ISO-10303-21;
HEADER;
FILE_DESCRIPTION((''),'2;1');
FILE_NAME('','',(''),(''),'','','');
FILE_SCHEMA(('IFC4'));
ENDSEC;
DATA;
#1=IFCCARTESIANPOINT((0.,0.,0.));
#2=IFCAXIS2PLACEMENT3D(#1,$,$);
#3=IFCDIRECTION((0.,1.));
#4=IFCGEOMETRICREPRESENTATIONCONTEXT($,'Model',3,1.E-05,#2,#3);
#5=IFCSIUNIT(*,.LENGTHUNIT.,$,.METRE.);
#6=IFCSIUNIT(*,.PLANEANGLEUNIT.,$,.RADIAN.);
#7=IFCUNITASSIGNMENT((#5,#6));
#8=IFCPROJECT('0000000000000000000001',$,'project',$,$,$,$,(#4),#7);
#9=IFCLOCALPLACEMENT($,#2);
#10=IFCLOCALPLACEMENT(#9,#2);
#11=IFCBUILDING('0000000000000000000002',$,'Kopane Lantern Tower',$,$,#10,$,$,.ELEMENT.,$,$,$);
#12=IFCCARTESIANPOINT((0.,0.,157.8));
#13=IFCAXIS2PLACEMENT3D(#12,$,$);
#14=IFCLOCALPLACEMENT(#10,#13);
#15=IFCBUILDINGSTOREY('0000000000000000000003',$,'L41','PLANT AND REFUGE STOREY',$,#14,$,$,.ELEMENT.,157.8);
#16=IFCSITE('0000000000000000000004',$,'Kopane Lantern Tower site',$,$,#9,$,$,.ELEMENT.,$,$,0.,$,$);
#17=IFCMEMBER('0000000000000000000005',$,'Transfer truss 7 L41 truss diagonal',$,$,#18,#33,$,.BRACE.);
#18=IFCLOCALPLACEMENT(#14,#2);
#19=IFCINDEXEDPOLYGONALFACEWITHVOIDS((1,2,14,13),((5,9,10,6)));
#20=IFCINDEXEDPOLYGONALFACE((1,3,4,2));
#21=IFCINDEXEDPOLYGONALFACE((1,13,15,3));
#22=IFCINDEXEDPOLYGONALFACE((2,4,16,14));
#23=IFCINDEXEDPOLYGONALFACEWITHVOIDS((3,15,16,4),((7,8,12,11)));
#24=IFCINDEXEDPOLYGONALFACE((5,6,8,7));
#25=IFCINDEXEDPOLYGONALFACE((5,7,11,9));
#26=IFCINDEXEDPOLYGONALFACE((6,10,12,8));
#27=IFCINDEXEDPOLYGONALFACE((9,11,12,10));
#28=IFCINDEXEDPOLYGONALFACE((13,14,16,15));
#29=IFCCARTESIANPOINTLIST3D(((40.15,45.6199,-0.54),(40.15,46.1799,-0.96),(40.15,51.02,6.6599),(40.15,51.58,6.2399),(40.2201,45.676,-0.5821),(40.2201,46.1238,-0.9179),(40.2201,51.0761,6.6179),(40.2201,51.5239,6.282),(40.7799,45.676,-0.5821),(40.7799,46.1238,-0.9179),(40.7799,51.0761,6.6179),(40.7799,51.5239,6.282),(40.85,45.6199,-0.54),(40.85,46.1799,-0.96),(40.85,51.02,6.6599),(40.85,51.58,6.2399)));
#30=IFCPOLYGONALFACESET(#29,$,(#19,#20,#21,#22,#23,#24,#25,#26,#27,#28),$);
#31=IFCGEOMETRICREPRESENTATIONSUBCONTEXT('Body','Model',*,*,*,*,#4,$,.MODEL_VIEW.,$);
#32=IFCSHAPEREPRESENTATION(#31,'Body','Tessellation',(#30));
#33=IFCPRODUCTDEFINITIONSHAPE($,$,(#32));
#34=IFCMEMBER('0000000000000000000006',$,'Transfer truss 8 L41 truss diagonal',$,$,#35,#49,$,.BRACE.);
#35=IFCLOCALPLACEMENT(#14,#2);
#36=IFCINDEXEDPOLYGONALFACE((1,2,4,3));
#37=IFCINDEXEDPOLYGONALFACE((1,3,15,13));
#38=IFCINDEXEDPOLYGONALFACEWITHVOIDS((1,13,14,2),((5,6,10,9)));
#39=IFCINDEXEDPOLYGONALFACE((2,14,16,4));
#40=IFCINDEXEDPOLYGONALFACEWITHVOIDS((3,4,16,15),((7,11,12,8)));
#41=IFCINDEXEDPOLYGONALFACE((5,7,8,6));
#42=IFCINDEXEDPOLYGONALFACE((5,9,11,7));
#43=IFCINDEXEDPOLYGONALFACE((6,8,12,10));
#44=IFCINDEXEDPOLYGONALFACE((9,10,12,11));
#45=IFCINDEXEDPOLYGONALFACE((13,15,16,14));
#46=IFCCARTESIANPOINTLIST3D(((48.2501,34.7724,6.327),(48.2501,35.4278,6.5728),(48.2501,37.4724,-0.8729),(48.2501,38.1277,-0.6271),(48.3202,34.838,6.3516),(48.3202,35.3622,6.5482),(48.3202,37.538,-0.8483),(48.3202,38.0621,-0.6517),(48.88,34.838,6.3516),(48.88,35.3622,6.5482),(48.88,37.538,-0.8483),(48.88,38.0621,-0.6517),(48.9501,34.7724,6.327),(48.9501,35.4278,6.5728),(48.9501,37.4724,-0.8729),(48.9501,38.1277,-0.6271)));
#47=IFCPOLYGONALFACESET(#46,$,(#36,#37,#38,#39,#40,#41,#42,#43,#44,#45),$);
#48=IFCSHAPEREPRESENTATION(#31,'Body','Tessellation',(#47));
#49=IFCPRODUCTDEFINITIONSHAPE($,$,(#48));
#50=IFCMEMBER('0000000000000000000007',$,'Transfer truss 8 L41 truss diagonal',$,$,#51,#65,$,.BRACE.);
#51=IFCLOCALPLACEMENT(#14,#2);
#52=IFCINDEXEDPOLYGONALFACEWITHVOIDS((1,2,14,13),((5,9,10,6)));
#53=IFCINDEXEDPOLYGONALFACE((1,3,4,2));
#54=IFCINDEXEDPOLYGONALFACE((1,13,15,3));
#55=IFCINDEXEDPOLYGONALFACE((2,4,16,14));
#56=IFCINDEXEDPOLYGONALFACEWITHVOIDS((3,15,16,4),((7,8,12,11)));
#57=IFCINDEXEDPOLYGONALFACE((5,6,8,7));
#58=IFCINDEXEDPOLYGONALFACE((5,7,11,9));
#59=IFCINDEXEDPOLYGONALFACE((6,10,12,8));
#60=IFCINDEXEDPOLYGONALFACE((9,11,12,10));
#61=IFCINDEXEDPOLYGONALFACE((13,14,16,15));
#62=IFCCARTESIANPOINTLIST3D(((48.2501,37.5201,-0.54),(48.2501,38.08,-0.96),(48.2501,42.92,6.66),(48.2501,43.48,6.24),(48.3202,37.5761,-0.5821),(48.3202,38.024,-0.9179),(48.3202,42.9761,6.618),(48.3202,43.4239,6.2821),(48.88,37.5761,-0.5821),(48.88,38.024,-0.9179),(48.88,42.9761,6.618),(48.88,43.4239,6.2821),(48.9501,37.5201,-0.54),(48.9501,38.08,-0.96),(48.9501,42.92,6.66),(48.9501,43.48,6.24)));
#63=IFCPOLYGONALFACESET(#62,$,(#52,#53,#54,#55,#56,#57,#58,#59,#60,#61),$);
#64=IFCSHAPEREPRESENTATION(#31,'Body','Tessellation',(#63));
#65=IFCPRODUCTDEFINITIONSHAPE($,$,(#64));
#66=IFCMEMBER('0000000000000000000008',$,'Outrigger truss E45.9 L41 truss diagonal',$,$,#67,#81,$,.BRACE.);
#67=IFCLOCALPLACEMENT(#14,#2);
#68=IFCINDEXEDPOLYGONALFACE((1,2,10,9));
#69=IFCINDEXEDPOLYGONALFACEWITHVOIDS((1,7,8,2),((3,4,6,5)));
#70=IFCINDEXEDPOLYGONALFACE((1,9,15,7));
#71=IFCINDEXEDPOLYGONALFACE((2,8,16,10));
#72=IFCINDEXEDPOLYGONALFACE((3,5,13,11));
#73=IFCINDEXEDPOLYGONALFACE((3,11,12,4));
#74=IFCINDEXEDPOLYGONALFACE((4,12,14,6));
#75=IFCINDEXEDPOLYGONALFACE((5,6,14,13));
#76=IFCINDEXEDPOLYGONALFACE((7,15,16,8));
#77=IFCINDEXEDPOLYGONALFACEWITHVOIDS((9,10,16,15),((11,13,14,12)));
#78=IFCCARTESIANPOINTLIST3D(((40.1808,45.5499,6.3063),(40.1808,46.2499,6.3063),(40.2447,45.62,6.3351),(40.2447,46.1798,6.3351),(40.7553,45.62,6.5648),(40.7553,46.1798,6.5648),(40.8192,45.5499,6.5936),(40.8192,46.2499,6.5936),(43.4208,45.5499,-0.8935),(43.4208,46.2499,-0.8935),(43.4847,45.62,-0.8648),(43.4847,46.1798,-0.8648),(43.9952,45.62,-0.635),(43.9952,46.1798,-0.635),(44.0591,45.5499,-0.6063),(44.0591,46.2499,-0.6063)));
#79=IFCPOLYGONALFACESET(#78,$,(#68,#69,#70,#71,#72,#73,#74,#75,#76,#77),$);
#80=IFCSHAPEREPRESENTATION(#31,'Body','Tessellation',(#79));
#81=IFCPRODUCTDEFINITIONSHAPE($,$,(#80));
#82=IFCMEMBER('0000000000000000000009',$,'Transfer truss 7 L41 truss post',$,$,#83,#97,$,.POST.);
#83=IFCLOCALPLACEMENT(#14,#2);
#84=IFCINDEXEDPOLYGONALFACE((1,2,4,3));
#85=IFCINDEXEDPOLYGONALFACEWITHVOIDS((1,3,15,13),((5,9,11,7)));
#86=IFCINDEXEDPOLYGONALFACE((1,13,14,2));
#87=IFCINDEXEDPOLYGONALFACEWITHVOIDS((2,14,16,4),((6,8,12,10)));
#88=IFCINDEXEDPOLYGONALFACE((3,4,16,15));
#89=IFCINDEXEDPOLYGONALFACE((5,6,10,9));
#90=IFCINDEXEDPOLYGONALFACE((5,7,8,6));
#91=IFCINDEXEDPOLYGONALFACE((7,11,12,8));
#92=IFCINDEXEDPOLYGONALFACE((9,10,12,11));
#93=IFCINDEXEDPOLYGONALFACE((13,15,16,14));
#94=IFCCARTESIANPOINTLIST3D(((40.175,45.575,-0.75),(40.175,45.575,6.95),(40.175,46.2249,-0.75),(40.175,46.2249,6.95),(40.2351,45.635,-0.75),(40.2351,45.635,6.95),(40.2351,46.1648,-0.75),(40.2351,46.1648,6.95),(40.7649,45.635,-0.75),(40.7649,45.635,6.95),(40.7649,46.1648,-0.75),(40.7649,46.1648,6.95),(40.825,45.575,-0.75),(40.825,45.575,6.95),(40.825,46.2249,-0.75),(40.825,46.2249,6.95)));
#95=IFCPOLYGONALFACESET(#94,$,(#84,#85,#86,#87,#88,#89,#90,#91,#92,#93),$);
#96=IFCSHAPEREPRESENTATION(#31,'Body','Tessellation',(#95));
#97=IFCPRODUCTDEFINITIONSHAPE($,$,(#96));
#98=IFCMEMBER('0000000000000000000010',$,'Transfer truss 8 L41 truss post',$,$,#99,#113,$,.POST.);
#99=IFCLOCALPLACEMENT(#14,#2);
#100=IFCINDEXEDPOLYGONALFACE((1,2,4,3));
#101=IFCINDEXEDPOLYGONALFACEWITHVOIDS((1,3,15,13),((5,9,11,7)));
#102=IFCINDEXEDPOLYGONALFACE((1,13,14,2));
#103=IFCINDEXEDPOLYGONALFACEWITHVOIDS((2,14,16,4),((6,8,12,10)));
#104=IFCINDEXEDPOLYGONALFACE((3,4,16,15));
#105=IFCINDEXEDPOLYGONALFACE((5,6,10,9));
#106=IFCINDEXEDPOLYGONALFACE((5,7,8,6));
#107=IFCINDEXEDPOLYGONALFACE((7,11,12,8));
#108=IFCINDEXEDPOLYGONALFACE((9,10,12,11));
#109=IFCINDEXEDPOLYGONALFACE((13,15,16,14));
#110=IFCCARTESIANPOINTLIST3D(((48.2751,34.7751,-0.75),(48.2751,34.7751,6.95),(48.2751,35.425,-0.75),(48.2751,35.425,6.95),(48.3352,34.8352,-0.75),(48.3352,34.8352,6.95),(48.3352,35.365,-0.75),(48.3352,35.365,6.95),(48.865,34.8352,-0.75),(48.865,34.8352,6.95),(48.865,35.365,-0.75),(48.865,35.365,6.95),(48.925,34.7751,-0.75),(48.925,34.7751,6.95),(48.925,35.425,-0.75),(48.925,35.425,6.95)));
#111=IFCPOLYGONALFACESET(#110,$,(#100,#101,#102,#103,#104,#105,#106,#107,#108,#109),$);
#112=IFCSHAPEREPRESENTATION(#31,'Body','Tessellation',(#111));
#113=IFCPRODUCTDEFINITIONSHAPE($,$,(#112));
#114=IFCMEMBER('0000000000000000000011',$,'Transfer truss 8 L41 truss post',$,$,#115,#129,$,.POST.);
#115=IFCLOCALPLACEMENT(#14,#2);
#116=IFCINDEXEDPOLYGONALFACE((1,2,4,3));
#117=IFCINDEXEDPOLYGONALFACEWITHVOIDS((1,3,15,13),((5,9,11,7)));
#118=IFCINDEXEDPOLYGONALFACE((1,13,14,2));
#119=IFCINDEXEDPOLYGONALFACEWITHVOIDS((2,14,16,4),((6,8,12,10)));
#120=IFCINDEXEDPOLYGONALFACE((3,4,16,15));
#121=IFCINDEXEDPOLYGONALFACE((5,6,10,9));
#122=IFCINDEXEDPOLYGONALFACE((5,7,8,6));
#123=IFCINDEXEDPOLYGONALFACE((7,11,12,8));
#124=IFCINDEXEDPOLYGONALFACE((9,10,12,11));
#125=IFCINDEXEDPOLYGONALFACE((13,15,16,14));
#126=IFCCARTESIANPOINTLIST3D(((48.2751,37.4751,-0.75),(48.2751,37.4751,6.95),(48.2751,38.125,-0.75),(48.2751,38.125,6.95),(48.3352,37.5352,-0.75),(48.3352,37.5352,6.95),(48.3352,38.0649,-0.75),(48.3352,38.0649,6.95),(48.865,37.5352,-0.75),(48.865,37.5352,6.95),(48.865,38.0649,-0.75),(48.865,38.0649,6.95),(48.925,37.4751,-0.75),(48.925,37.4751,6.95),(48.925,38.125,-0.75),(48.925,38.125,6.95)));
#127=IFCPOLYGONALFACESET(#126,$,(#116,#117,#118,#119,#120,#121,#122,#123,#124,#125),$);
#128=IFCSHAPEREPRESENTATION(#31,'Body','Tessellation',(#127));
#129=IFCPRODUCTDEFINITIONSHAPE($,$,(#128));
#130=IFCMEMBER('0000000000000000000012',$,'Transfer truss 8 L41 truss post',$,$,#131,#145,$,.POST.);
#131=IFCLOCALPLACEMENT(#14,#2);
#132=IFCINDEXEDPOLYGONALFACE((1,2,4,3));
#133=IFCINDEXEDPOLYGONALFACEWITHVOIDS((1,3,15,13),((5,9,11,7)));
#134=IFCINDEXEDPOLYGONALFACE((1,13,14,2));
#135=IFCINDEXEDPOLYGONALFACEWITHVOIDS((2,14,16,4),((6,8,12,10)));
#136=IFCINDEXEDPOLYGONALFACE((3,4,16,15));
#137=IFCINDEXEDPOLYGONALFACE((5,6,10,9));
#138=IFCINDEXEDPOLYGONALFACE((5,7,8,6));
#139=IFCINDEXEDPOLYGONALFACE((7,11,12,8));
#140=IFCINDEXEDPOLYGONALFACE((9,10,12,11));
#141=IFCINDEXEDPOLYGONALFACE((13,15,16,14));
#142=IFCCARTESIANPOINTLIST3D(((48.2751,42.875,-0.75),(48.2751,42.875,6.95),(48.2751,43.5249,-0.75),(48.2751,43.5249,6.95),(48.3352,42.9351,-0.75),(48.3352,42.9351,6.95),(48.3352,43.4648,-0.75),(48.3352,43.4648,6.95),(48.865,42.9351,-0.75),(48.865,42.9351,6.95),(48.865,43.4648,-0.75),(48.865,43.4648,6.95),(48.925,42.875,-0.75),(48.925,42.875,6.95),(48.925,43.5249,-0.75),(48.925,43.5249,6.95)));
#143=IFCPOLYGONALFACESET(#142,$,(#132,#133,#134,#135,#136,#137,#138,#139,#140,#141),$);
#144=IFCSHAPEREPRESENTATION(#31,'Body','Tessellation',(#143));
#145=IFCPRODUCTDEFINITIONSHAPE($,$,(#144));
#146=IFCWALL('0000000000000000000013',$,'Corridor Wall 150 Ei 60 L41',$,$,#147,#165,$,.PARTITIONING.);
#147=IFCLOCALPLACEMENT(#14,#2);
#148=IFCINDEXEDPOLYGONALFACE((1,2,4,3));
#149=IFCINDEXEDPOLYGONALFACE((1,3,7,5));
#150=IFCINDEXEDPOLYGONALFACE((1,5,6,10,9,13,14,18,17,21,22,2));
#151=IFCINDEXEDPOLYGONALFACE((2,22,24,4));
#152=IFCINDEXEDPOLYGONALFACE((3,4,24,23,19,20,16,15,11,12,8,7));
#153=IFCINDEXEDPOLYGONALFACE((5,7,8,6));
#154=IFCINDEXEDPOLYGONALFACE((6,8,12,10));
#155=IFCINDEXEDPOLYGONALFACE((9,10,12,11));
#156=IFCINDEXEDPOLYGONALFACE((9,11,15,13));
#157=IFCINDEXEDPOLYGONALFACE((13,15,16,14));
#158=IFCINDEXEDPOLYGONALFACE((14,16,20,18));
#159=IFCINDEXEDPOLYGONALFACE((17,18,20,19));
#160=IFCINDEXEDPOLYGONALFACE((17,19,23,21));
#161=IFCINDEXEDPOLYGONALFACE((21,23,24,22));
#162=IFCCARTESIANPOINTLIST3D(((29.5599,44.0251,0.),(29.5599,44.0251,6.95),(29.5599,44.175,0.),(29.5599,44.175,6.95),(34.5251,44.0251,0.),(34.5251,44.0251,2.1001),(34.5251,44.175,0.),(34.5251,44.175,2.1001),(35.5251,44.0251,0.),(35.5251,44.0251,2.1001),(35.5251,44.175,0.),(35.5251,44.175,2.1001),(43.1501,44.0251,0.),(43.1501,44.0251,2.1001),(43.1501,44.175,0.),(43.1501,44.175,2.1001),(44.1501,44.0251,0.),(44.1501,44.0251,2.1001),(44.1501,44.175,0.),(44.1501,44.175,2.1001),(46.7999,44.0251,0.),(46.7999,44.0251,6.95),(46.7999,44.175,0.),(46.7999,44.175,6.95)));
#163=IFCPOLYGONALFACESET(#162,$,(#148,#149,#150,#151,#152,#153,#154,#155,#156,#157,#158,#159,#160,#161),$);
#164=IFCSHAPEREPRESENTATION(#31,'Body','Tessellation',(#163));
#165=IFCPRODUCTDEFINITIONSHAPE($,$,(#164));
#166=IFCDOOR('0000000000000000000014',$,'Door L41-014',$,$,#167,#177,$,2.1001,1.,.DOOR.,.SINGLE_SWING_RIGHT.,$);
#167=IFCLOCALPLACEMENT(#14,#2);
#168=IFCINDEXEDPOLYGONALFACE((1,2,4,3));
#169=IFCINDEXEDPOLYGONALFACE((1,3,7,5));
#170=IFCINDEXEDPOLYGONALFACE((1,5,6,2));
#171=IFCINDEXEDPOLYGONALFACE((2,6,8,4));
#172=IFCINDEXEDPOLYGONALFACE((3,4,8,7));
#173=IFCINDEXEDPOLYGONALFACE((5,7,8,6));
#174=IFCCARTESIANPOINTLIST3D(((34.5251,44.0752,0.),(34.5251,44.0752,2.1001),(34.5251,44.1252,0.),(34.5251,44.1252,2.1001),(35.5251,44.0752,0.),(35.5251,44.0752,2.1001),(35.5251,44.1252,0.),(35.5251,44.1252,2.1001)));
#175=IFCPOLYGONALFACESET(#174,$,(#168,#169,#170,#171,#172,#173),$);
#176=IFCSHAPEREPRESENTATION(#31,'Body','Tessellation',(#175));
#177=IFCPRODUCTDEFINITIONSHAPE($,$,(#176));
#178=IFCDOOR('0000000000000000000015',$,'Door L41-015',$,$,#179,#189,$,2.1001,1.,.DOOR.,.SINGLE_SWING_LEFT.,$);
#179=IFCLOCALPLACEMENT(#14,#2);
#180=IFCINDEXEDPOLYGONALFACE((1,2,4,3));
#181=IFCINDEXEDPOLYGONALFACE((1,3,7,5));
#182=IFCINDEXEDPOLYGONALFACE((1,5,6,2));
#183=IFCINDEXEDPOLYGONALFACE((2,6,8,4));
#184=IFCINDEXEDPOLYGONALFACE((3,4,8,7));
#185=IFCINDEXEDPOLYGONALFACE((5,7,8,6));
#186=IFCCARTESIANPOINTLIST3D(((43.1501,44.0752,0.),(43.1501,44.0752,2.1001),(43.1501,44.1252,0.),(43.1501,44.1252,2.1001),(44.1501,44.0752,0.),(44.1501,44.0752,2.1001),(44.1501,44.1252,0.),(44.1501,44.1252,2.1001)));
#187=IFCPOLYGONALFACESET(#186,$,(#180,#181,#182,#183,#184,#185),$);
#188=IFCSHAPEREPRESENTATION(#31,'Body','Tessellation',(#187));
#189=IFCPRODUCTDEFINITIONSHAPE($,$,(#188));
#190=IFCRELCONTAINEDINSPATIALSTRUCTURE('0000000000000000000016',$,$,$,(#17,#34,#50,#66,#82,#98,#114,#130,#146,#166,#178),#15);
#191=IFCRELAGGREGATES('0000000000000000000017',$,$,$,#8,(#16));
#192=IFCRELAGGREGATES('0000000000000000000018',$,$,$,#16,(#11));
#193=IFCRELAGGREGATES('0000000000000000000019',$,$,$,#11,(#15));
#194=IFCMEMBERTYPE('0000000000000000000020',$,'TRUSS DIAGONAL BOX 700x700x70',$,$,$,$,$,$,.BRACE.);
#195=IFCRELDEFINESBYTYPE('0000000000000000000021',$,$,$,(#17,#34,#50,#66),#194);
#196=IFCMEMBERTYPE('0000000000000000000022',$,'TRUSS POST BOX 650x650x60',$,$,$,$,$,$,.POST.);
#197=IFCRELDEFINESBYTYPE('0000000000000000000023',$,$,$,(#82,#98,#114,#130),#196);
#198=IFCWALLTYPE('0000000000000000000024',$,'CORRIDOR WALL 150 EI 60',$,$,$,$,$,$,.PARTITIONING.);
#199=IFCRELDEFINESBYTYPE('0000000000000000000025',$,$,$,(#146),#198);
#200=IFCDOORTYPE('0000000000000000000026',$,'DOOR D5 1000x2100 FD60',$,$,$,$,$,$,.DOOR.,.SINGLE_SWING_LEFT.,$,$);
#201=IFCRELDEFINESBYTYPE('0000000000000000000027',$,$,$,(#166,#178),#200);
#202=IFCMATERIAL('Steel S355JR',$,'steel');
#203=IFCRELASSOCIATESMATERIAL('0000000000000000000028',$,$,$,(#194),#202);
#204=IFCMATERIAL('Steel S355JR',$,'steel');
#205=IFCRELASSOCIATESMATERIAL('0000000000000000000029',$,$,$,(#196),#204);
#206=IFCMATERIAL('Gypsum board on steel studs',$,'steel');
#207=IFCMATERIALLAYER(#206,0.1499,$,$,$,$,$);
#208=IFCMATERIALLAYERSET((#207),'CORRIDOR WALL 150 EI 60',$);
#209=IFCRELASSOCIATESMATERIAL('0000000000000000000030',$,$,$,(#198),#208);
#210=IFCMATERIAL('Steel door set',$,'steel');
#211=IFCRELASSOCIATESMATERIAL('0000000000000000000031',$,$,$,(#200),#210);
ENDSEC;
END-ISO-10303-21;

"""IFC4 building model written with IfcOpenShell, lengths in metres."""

from ifc_helpers import new_model, si_unit, direction, frame, frame_2d, origin, origin_2d, place, context, subcontext, project, spatial, rectangle, hollow_rectangle, extrude, material, layer, layer_set, material_profile, profile_set, type_object, element, fill, save


model = new_model("IFC4")

# Units and contexts
model_context = context("Model", 3, precision=1e-05, world=origin(), true_north=direction((0.0, 1.0)))
body_context = subcontext(model_context, "Body", "Model", "MODEL_VIEW")
ifc_project = project(units=[si_unit("LENGTHUNIT", "METRE"), si_unit("PLANEANGLEUNIT", "RADIAN")], contexts=[model_context])

# Site, building, storey
site_placement = place(None, origin())
site = spatial("IfcSite", under=ifc_project, at=site_placement, Name="Kopane Lantern Tower site", CompositionType="ELEMENT", RefElevation=0.0)
building_placement = place(site_placement, origin())
building = spatial("IfcBuilding", under=site, at=building_placement, Name="Kopane Lantern Tower", CompositionType="ELEMENT")
storey_placement = place(building_placement, frame((0.0, 0.0, 157.8)))
storey = spatial("IfcBuildingStorey", under=building, at=storey_placement, Name="L41", Description="PLANT AND REFUGE STOREY", CompositionType="ELEMENT", Elevation=157.8)

# Members
ifc_material_1 = material(Name="Steel S355JR", Category="steel")
ifc_material_profile_1 = material_profile(ifc_material_1, hollow_rectangle(XDim=0.7, YDim=0.7, WallThickness=0.0701, at=origin_2d()), Name="BOX 700x700x70")
ifc_profile_set_1 = profile_set([ifc_material_profile_1], Name="Steel S355JR")
member_type_1 = type_object("IfcMemberType", Name="TRUSS DIAGONAL BOX 700x700x70", PredefinedType="BRACE", material=ifc_profile_set_1)
member_1_placement = place(storey_placement, frame((40.5, 45.8999, -0.75), z_axis=(0.0, 0.600013, 0.79999), x_axis=(-1.0, 0.0, 0.0)))
element("IfcMember", 1, at=member_1_placement, inside=storey, type_object=member_type_1, Name="Transfer truss 7 L41 truss diagonal", PredefinedType="BRACE", context=body_context, shape_type="SweptSolid", body=[
    extrude(hollow_rectangle(XDim=0.7, YDim=0.7, WallThickness=0.0701, at=origin_2d()), origin(), (0.0, 0.0, 1.0), 9.0),
])
member_2_placement = place(storey_placement, frame((48.6001, 37.8, -0.75), z_axis=(0.0, -0.35112, 0.93633), x_axis=(1.0, 0.0, 0.0)))
element("IfcMember", 2, at=member_2_placement, inside=storey, type_object=member_type_1, Name="Transfer truss 8 L41 truss diagonal", PredefinedType="BRACE", context=body_context, shape_type="SweptSolid", body=[
    extrude(hollow_rectangle(XDim=0.7, YDim=0.7, WallThickness=0.0701, at=origin_2d()), origin(), (0.0, 0.0, 1.0), 7.6895),
])
member_3_placement = place(storey_placement, frame((48.6001, 37.8, -0.75), z_axis=(0.0, 0.599996, 0.800003), x_axis=(-1.0, 0.0, 0.0)))
element("IfcMember", 3, at=member_3_placement, inside=storey, type_object=member_type_1, Name="Transfer truss 8 L41 truss diagonal", PredefinedType="BRACE", context=body_context, shape_type="SweptSolid", body=[
    extrude(hollow_rectangle(XDim=0.7, YDim=0.7, WallThickness=0.0701, at=origin_2d()), origin(), (0.0, 0.0, 1.0), 9.0),
])
member_4_placement = place(storey_placement, frame((40.5, 45.8999, 6.45), z_axis=(0.410366, 0.0, -0.911921), x_axis=(0.0, 1.0, 0.0)))
element("IfcMember", 4, at=member_4_placement, inside=storey, type_object=member_type_1, Name="Outrigger truss E45.9 L41 truss diagonal", PredefinedType="BRACE", context=body_context, shape_type="SweptSolid", body=[
    extrude(hollow_rectangle(XDim=0.7, YDim=0.7, WallThickness=0.0701, at=origin_2d()), origin(), (0.0, 0.0, 1.0), 7.8953),
])
ifc_material_2 = material(Name="Steel S355JR", Category="steel")
ifc_material_profile_2 = material_profile(ifc_material_2, hollow_rectangle(XDim=0.6499, YDim=0.6499, WallThickness=0.0601, at=origin_2d()), Name="BOX 650x650x60")
ifc_profile_set_2 = profile_set([ifc_material_profile_2], Name="Steel S355JR")
member_type_2 = type_object("IfcMemberType", Name="TRUSS POST BOX 650x650x60", PredefinedType="POST", material=ifc_profile_set_2)
for number, where, z_axis, x_axis, name in (
    (5, (40.5, 45.8999, -0.75), (0.0, 0.0, 1.0), (1.0, 0.0, 0.0), "Transfer truss 7 L41 truss post"),
    (6, (48.6001, 35.1001, -0.75), (0.0, 0.0, 1.0), (1.0, 0.0, 0.0), "Transfer truss 8 L41 truss post"),
    (7, (48.6001, 37.8, -0.75), (0.0, 0.0, 1.0), (1.0, 0.0, 0.0), "Transfer truss 8 L41 truss post"),
    (8, (48.6001, 43.2, -0.75), (0.0, 0.0, 1.0), (1.0, 0.0, 0.0), "Transfer truss 8 L41 truss post"),
):
    element("IfcMember", number, at=place(storey_placement, frame(where, z_axis=z_axis, x_axis=x_axis)), inside=storey, type_object=member_type_2, Name=name, PredefinedType="POST", context=body_context, shape_type="SweptSolid", body=[
        extrude(hollow_rectangle(XDim=0.6499, YDim=0.6499, WallThickness=0.0601, at=origin_2d()), origin(), (0.0, 0.0, 1.0), 7.7),
    ])

# Wall, openings, doors
ifc_material_3 = material(Name="Gypsum board on steel studs", Category="steel")
ifc_layer_1 = layer(ifc_material_3, 0.1499)
ifc_layer_set_1 = layer_set([ifc_layer_1], Name="CORRIDOR WALL 150 EI 60")
wall_type_1 = type_object("IfcWallType", Name="CORRIDOR WALL 150 EI 60", PredefinedType="PARTITIONING", material=ifc_layer_set_1)
wall_1_placement = place(storey_placement, frame((46.8, 44.1001, 0.0), z_axis=(0.0, 0.0, 1.0), x_axis=(-1.0, 0.0, 0.0)))
wall_1 = element("IfcWall", 9, at=wall_1_placement, inside=storey, type_object=wall_type_1, Name="Corridor Wall 150 Ei 60 L41", PredefinedType="PARTITIONING", context=body_context, shape_type="SweptSolid", body=[
    extrude(rectangle(XDim=17.24, YDim=0.1499, at=frame_2d((8.6201, 0.0))), origin(), (0.0, 0.0, 1.0), 6.95),
])
opening_1_placement = place(wall_1_placement, frame((11.2749, 0.0, 0.0)))
opening_1 = element("IfcOpeningElement", 10, at=opening_1_placement, cuts=wall_1, PredefinedType="OPENING", context=body_context, shape_type="SweptSolid", body=[
    extrude(rectangle(XDim=1.0, YDim=2.1001, at=frame_2d((0.5, 1.05))), frame((0.0, 0.085, 0.0), z_axis=(0.0, -1.0, 0.0), x_axis=(1.0, 0.0, 0.0)), (0.0, 0.0, 1.0), 0.1699),
])
opening_2_placement = place(wall_1_placement, frame((2.6499, 0.0, 0.0)))
opening_2 = element("IfcOpeningElement", 11, at=opening_2_placement, cuts=wall_1, PredefinedType="OPENING", context=body_context, shape_type="SweptSolid", body=[
    extrude(rectangle(XDim=1.0, YDim=2.1001, at=frame_2d((0.5, 1.05))), frame((0.0, 0.085, 0.0), z_axis=(0.0, -1.0, 0.0), x_axis=(1.0, 0.0, 0.0)), (0.0, 0.0, 1.0), 0.1699),
])
ifc_material_4 = material(Name="Steel door set", Category="steel")
door_type = type_object("IfcDoorType", Name="DOOR D5 1000x2100 FD60", OperationType="SINGLE_SWING_LEFT", PredefinedType="DOOR", material=ifc_material_4)
door_1_placement = place(opening_1_placement, origin())
door_1 = element("IfcDoor", 12, at=door_1_placement, inside=storey, type_object=door_type, Name="Door L41-014", OperationType="SINGLE_SWING_RIGHT", OverallHeight=2.1001, OverallWidth=1.0, PredefinedType="DOOR", context=body_context, shape_type="SweptSolid", body=[
    extrude(rectangle(XDim=1.0, YDim=2.1001, at=frame_2d((0.5, 1.05))), frame((0.0, 0.0249, 0.0), z_axis=(0.0, -1.0, 0.0), x_axis=(1.0, 0.0, 0.0)), (0.0, 0.0, 1.0), 0.05),
])
fill(opening_1, door_1)
door_2_placement = place(opening_2_placement, origin())
door_2 = element("IfcDoor", 13, at=door_2_placement, inside=storey, type_object=door_type, Name="Door L41-015", OperationType="SINGLE_SWING_LEFT", OverallHeight=2.1001, OverallWidth=1.0, PredefinedType="DOOR", context=body_context, shape_type="SweptSolid", body=[
    extrude(rectangle(XDim=1.0, YDim=2.1001, at=frame_2d((0.5, 1.05))), frame((0.0, 0.0249, 0.0), z_axis=(0.0, -1.0, 0.0), x_axis=(1.0, 0.0, 0.0)), (0.0, 0.0, 1.0), 0.05),
])
fill(opening_2, door_2)

save(model, "model.ifc")
